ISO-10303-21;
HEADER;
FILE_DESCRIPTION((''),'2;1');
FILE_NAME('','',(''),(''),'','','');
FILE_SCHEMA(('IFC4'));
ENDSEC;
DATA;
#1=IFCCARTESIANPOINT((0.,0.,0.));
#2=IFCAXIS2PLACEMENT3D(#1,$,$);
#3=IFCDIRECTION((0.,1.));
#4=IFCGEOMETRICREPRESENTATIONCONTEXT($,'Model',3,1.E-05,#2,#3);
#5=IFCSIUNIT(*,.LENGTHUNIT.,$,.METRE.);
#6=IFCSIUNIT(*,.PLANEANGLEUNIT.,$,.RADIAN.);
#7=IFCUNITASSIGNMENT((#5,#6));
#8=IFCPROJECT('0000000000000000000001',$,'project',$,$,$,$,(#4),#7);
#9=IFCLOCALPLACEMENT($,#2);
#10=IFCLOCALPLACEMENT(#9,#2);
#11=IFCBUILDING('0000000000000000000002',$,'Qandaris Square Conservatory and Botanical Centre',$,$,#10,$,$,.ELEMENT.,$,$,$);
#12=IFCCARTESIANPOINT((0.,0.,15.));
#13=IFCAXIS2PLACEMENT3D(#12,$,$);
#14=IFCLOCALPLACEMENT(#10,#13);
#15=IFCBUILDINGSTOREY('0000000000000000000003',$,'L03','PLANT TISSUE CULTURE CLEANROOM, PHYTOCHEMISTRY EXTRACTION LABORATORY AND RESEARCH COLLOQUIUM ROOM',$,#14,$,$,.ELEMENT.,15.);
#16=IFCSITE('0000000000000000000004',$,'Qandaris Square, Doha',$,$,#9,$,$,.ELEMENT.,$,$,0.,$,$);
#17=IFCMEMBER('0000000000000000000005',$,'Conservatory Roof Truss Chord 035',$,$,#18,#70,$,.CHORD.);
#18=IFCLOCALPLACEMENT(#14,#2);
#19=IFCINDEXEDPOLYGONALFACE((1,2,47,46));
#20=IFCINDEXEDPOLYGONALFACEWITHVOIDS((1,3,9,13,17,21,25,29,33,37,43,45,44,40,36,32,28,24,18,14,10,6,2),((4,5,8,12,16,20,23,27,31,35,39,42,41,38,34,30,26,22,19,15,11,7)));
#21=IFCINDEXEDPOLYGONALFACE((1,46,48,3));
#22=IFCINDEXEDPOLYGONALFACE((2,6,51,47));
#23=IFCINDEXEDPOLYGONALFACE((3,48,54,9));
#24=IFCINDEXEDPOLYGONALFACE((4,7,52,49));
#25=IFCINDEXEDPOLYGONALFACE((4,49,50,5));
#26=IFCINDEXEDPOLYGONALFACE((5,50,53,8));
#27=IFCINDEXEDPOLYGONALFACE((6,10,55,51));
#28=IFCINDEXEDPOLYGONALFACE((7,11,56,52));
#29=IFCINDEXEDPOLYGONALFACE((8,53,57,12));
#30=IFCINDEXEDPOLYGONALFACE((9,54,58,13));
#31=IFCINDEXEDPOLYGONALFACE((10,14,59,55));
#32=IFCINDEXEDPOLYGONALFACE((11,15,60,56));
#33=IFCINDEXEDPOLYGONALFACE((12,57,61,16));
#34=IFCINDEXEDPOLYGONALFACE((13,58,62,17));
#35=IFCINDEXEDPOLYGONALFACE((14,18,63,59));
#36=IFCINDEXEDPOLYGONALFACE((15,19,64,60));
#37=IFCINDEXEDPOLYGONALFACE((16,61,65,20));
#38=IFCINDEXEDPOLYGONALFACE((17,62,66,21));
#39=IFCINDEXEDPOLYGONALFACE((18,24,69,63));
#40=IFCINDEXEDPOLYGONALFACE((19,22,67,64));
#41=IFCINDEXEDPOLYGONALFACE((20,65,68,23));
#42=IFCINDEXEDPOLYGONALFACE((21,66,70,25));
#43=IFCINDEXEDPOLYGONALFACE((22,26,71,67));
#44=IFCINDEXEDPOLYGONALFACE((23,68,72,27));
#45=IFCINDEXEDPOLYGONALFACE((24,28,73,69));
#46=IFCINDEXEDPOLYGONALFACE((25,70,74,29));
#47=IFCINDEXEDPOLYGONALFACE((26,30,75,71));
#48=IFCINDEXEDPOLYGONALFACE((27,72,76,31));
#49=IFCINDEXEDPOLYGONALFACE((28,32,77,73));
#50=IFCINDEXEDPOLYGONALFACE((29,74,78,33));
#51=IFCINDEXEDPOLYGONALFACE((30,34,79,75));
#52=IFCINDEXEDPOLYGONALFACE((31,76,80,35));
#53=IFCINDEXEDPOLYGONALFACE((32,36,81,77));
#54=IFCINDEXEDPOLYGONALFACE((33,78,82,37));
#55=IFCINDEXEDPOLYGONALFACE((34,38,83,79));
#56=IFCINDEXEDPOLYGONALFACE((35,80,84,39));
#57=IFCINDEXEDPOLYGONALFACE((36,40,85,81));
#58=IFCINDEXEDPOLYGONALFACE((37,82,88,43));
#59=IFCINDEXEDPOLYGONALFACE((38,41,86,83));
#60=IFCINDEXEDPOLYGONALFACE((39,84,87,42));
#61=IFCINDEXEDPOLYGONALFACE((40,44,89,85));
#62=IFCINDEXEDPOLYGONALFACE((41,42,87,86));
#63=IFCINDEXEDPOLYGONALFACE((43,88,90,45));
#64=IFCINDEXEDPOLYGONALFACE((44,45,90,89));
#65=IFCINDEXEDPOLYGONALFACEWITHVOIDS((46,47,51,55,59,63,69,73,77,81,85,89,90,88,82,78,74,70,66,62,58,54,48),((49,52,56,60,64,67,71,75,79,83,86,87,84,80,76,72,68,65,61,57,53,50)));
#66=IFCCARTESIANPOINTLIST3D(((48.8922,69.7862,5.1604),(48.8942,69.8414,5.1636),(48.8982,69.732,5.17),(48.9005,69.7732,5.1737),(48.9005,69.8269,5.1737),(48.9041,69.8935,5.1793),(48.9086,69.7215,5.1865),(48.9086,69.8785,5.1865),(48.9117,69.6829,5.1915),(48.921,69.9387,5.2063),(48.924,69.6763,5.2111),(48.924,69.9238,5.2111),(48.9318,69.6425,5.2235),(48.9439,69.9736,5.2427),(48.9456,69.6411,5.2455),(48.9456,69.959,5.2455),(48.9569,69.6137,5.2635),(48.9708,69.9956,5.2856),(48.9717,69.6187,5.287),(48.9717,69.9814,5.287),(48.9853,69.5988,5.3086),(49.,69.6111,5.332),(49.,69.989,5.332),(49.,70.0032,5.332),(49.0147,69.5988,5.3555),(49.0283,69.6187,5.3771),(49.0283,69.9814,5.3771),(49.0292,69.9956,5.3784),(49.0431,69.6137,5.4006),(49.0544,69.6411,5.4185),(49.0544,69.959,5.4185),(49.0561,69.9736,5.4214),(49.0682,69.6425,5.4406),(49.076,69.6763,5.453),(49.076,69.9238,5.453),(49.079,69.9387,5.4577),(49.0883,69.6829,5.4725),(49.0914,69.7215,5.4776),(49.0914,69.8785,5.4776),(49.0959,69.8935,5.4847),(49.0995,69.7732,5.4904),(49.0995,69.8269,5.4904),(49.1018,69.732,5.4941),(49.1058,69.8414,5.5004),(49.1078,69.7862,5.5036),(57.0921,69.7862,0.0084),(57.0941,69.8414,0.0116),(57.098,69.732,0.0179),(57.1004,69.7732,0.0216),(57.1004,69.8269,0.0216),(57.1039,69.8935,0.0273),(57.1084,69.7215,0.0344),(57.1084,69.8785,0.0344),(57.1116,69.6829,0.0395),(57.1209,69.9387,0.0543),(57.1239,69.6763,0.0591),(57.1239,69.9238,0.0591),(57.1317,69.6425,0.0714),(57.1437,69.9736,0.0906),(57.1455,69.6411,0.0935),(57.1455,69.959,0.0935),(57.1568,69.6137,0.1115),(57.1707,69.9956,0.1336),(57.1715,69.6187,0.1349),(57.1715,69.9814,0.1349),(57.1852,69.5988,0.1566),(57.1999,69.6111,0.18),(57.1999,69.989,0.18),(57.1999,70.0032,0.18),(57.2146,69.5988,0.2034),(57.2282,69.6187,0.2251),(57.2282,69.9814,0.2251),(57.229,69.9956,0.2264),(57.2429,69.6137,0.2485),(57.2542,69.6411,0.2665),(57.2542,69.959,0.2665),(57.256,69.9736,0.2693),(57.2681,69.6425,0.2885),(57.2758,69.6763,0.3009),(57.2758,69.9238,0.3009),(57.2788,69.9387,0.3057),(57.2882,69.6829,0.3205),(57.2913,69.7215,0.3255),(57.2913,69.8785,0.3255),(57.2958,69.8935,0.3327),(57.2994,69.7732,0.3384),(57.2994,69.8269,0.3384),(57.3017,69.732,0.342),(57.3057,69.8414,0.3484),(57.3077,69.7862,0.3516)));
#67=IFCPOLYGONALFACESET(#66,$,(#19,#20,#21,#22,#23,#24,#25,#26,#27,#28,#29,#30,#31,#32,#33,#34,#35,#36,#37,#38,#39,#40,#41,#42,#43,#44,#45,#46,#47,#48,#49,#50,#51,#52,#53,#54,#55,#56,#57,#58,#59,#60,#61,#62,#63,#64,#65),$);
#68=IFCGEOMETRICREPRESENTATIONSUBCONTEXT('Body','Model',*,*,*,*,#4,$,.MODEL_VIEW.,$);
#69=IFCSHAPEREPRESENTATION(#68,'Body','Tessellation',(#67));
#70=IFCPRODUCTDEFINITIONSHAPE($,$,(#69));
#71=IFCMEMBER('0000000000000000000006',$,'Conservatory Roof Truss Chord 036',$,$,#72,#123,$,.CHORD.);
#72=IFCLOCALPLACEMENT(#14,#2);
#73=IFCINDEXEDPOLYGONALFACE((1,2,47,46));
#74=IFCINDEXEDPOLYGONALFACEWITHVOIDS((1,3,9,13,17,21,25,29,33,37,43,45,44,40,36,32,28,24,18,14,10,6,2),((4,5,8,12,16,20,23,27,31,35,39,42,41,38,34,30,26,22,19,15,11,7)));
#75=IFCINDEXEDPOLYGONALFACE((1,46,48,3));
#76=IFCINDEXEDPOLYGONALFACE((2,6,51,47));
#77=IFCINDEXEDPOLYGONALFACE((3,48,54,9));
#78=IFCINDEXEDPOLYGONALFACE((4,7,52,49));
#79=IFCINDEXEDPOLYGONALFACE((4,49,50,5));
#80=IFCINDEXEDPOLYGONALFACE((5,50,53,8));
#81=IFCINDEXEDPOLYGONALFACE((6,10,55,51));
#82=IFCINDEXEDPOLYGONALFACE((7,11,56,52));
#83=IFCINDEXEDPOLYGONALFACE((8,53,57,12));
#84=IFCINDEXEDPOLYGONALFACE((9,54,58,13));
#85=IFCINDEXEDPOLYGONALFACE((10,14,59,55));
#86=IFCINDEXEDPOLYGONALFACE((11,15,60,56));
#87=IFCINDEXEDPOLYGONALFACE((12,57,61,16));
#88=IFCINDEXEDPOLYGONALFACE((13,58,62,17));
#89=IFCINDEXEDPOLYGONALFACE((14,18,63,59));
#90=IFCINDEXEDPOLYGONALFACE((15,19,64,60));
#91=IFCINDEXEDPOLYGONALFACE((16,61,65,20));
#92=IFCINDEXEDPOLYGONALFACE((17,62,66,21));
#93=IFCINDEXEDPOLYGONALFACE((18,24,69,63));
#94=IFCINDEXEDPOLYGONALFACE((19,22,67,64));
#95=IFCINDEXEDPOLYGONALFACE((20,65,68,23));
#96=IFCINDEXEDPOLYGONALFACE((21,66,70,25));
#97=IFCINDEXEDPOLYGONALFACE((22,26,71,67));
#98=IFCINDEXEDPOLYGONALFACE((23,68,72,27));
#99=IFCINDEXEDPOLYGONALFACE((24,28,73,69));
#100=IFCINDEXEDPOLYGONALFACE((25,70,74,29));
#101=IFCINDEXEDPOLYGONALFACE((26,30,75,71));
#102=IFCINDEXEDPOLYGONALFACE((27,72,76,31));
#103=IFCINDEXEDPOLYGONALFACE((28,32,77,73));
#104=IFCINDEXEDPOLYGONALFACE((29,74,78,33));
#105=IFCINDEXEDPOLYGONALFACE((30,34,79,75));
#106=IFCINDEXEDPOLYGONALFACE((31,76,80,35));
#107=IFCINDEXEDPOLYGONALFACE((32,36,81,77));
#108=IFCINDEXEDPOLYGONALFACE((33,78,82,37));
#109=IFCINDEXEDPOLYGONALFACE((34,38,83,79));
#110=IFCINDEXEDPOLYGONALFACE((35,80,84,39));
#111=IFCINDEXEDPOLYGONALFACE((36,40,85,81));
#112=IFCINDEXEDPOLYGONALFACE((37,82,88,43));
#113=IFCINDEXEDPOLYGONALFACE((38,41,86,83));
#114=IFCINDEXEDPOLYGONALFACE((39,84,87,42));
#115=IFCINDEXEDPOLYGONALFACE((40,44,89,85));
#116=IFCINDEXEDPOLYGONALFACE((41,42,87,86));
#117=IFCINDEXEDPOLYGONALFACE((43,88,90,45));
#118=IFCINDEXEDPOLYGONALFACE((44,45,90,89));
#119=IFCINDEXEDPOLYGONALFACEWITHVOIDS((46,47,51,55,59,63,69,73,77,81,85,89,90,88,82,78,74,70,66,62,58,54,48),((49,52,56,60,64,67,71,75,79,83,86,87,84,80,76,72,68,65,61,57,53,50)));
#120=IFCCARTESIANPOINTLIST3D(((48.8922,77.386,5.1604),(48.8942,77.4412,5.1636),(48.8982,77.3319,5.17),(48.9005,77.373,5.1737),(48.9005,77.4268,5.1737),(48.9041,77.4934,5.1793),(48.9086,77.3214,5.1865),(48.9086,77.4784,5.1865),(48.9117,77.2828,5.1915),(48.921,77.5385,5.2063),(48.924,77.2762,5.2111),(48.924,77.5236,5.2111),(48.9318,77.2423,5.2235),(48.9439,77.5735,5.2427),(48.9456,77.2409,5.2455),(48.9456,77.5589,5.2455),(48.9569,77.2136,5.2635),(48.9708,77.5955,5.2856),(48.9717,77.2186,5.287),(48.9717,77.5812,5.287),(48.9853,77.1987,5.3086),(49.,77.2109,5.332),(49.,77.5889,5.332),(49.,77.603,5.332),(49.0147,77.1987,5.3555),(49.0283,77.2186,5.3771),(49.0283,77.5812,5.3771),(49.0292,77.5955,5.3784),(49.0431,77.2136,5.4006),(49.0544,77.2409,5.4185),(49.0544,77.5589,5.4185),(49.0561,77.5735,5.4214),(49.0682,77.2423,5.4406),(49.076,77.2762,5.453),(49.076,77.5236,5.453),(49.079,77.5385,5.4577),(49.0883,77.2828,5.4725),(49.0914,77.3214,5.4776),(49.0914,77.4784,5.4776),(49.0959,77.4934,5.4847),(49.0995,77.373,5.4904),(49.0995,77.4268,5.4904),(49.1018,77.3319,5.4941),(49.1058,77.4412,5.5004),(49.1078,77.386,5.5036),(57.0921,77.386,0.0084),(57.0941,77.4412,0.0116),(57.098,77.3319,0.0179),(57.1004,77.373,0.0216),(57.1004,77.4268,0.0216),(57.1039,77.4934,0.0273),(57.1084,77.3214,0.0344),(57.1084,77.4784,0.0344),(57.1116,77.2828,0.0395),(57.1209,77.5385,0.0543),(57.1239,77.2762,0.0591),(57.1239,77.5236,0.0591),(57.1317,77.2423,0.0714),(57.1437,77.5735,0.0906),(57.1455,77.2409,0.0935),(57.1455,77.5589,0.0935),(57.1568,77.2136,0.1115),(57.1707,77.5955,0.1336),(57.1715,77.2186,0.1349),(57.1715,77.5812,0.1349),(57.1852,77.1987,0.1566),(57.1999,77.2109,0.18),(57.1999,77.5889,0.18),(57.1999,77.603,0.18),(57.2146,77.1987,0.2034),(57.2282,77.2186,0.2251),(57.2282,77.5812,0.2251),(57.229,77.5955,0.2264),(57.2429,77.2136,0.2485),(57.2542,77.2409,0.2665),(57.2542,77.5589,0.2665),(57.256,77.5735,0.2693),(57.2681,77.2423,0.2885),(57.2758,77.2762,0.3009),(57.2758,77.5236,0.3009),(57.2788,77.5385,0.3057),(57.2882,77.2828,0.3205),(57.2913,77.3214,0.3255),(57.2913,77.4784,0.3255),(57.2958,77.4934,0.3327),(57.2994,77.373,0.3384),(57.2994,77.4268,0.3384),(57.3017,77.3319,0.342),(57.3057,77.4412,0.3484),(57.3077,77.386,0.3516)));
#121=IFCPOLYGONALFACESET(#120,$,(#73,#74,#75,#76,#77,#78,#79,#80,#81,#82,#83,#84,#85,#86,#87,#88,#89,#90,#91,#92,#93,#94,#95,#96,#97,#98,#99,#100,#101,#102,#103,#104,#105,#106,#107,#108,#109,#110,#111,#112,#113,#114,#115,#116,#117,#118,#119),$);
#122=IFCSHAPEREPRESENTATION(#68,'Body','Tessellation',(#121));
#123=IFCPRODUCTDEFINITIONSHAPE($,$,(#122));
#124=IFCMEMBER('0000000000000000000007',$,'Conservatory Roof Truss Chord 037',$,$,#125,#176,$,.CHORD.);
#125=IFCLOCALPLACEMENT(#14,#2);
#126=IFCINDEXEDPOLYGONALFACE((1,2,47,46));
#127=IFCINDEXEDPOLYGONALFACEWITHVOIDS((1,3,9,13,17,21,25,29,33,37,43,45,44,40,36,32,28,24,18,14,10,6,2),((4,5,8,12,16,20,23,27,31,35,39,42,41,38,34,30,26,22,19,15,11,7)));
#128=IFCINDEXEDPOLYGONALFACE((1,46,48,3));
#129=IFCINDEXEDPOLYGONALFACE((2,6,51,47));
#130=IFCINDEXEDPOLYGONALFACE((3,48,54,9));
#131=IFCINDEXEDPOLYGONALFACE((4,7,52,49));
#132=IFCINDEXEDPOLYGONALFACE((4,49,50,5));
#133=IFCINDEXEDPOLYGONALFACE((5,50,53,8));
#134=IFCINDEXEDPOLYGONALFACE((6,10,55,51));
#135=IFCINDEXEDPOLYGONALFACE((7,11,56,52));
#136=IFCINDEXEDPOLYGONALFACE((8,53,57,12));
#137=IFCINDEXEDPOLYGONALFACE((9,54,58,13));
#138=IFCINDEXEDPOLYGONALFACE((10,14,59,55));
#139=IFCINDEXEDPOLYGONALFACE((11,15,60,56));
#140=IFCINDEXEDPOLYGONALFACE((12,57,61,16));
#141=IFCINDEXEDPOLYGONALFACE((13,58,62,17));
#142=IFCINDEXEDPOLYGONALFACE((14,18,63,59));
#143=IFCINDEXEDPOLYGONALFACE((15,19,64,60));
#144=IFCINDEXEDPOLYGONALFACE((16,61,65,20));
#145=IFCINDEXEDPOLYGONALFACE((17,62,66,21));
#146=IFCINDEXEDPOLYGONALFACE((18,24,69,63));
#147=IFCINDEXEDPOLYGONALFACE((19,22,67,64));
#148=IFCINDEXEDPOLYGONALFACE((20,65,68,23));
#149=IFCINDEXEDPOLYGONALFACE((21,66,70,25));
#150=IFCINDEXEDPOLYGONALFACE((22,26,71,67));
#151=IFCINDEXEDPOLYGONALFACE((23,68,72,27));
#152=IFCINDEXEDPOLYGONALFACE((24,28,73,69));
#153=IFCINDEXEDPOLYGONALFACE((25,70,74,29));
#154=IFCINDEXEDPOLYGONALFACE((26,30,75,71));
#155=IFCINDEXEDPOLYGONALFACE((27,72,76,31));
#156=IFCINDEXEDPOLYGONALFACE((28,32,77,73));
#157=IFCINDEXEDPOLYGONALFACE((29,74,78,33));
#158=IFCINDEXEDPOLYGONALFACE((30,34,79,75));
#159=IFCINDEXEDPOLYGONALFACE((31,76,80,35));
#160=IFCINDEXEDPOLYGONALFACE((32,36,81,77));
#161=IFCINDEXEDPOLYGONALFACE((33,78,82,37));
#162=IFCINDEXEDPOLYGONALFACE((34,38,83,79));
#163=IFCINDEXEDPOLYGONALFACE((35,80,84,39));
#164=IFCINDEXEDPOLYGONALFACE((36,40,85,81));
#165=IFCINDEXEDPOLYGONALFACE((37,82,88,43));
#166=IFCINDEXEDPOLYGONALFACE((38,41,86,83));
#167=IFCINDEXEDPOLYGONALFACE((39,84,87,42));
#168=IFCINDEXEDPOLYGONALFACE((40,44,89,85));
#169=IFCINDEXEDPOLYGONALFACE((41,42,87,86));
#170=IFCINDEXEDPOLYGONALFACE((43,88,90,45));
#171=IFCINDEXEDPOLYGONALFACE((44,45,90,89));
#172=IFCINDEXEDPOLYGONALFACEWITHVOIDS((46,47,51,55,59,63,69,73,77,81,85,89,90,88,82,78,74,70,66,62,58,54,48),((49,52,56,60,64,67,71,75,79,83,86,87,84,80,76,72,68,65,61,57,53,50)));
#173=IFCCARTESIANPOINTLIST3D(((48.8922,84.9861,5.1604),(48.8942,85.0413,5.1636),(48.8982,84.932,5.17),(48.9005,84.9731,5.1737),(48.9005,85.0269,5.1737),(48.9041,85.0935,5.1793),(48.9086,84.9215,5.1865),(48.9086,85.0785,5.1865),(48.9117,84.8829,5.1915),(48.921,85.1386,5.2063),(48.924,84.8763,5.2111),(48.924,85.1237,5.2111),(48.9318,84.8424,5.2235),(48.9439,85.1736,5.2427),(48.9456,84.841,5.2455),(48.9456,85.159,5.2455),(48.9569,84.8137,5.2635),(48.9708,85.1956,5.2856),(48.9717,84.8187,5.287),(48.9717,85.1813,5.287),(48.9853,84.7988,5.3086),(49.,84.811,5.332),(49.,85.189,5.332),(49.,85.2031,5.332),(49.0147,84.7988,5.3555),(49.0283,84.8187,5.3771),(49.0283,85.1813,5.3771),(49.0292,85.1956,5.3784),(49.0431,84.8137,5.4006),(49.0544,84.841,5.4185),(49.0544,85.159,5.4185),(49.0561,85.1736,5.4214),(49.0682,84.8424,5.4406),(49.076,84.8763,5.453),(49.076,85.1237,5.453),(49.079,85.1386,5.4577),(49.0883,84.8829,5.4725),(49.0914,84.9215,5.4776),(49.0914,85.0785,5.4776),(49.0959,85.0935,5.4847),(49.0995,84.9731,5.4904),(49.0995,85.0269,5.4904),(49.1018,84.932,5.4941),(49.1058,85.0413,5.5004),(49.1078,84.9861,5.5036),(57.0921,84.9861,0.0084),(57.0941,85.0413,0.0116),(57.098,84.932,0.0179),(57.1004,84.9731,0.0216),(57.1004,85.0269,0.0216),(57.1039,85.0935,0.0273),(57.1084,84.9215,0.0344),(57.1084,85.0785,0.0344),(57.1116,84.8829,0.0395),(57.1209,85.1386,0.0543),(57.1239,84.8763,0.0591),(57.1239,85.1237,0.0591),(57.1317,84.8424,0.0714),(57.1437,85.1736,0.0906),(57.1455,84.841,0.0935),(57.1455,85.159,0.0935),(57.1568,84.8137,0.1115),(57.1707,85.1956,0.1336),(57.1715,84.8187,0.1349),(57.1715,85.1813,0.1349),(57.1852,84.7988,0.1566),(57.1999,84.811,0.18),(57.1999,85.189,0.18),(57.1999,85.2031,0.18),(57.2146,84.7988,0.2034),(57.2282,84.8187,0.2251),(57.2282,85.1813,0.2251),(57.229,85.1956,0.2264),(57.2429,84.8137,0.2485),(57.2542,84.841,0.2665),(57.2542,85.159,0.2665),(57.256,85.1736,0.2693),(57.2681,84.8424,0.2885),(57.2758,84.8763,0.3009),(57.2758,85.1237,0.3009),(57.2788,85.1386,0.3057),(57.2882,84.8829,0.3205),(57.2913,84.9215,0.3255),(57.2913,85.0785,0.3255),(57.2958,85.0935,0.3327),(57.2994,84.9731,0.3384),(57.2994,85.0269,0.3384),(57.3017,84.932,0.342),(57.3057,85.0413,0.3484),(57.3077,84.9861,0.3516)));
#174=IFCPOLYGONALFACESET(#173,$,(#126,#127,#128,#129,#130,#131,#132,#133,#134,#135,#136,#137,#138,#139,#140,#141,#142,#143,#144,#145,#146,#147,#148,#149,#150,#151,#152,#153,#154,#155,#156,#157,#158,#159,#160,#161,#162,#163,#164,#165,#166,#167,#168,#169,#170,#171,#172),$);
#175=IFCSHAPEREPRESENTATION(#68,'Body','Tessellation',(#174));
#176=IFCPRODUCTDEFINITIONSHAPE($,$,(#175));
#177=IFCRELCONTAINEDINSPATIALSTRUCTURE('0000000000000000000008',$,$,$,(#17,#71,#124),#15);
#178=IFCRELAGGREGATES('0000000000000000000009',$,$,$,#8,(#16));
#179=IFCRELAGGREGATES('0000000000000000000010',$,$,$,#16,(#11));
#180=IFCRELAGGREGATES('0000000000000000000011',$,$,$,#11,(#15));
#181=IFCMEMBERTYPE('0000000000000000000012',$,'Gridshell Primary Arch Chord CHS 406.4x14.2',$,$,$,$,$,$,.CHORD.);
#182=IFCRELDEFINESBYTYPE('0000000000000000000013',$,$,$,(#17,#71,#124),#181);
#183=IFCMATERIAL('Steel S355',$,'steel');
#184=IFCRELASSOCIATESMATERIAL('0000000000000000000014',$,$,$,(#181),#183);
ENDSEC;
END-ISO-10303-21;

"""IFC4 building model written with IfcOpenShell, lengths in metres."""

from ifc_helpers import new_model, si_unit, direction, frame, origin, origin_2d, place, context, subcontext, project, spatial, hollow_circle, extrude, material, material_profile, profile_set, type_object, element, save


model = new_model("IFC4")

# Units and contexts
model_context = context("Model", 3, precision=1e-05, world=origin(), true_north=direction((0.0, 1.0)))
body_context = subcontext(model_context, "Body", "Model", "MODEL_VIEW")
ifc_project = project(units=[si_unit("LENGTHUNIT", "METRE"), si_unit("PLANEANGLEUNIT", "RADIAN")], contexts=[model_context])

# Site, building, storey
site_placement = place(None, origin())
site = spatial("IfcSite", under=ifc_project, at=site_placement, Name="Qandaris Square, Doha", CompositionType="ELEMENT", RefElevation=0.0)
building_placement = place(site_placement, origin())
building = spatial("IfcBuilding", under=site, at=building_placement, Name="Qandaris Square Conservatory and Botanical Centre", CompositionType="ELEMENT")
storey_placement = place(building_placement, frame((0.0, 0.0, 15.0)))
storey = spatial("IfcBuildingStorey", under=building, at=storey_placement, Name="L03", Description="PLANT TISSUE CULTURE CLEANROOM, PHYTOCHEMISTRY EXTRACTION LABORATORY AND RESEARCH COLLOQUIUM ROOM", CompositionType="ELEMENT", Elevation=15.0)

# Members
ifc_material_1 = material(Name="Steel S355", Category="steel")
ifc_material_profile_1 = material_profile(ifc_material_1, hollow_circle(Radius=0.2031, WallThickness=0.0142, at=origin_2d()), Name="CHS 406.4x14.2")
ifc_profile_set_1 = profile_set([ifc_material_profile_1], Name="Steel S355")
member_type_1 = type_object("IfcMemberType", Name="Gridshell Primary Arch Chord CHS 406.4x14.2", PredefinedType="CHORD", material=ifc_profile_set_1)
for number, where, z_axis, x_axis, name in (
    (1, (49.0, 69.8, 5.332), (0.846737, 0.0, -0.532012), (0.0, 1.0, 0.0), "Conservatory Roof Truss Chord 035"),
    (2, (49.0, 77.3999, 5.332), (0.846737, 0.0, -0.532012), (0.0, 1.0, 0.0), "Conservatory Roof Truss Chord 036"),
    (3, (49.0, 85.0, 5.332), (0.846737, 0.0, -0.532012), (0.0, 1.0, 0.0), "Conservatory Roof Truss Chord 037"),
):
    element("IfcMember", number, at=place(storey_placement, frame(where, z_axis=z_axis, x_axis=x_axis)), inside=storey, type_object=member_type_1, Name=name, PredefinedType="CHORD", context=body_context, shape_type="SweptSolid", body=[
        extrude(hollow_circle(Radius=0.2031, WallThickness=0.0142, at=origin_2d()), origin(), (0.0, 0.0, 1.0), 9.6841),
    ])

save(model, "model.ifc")
